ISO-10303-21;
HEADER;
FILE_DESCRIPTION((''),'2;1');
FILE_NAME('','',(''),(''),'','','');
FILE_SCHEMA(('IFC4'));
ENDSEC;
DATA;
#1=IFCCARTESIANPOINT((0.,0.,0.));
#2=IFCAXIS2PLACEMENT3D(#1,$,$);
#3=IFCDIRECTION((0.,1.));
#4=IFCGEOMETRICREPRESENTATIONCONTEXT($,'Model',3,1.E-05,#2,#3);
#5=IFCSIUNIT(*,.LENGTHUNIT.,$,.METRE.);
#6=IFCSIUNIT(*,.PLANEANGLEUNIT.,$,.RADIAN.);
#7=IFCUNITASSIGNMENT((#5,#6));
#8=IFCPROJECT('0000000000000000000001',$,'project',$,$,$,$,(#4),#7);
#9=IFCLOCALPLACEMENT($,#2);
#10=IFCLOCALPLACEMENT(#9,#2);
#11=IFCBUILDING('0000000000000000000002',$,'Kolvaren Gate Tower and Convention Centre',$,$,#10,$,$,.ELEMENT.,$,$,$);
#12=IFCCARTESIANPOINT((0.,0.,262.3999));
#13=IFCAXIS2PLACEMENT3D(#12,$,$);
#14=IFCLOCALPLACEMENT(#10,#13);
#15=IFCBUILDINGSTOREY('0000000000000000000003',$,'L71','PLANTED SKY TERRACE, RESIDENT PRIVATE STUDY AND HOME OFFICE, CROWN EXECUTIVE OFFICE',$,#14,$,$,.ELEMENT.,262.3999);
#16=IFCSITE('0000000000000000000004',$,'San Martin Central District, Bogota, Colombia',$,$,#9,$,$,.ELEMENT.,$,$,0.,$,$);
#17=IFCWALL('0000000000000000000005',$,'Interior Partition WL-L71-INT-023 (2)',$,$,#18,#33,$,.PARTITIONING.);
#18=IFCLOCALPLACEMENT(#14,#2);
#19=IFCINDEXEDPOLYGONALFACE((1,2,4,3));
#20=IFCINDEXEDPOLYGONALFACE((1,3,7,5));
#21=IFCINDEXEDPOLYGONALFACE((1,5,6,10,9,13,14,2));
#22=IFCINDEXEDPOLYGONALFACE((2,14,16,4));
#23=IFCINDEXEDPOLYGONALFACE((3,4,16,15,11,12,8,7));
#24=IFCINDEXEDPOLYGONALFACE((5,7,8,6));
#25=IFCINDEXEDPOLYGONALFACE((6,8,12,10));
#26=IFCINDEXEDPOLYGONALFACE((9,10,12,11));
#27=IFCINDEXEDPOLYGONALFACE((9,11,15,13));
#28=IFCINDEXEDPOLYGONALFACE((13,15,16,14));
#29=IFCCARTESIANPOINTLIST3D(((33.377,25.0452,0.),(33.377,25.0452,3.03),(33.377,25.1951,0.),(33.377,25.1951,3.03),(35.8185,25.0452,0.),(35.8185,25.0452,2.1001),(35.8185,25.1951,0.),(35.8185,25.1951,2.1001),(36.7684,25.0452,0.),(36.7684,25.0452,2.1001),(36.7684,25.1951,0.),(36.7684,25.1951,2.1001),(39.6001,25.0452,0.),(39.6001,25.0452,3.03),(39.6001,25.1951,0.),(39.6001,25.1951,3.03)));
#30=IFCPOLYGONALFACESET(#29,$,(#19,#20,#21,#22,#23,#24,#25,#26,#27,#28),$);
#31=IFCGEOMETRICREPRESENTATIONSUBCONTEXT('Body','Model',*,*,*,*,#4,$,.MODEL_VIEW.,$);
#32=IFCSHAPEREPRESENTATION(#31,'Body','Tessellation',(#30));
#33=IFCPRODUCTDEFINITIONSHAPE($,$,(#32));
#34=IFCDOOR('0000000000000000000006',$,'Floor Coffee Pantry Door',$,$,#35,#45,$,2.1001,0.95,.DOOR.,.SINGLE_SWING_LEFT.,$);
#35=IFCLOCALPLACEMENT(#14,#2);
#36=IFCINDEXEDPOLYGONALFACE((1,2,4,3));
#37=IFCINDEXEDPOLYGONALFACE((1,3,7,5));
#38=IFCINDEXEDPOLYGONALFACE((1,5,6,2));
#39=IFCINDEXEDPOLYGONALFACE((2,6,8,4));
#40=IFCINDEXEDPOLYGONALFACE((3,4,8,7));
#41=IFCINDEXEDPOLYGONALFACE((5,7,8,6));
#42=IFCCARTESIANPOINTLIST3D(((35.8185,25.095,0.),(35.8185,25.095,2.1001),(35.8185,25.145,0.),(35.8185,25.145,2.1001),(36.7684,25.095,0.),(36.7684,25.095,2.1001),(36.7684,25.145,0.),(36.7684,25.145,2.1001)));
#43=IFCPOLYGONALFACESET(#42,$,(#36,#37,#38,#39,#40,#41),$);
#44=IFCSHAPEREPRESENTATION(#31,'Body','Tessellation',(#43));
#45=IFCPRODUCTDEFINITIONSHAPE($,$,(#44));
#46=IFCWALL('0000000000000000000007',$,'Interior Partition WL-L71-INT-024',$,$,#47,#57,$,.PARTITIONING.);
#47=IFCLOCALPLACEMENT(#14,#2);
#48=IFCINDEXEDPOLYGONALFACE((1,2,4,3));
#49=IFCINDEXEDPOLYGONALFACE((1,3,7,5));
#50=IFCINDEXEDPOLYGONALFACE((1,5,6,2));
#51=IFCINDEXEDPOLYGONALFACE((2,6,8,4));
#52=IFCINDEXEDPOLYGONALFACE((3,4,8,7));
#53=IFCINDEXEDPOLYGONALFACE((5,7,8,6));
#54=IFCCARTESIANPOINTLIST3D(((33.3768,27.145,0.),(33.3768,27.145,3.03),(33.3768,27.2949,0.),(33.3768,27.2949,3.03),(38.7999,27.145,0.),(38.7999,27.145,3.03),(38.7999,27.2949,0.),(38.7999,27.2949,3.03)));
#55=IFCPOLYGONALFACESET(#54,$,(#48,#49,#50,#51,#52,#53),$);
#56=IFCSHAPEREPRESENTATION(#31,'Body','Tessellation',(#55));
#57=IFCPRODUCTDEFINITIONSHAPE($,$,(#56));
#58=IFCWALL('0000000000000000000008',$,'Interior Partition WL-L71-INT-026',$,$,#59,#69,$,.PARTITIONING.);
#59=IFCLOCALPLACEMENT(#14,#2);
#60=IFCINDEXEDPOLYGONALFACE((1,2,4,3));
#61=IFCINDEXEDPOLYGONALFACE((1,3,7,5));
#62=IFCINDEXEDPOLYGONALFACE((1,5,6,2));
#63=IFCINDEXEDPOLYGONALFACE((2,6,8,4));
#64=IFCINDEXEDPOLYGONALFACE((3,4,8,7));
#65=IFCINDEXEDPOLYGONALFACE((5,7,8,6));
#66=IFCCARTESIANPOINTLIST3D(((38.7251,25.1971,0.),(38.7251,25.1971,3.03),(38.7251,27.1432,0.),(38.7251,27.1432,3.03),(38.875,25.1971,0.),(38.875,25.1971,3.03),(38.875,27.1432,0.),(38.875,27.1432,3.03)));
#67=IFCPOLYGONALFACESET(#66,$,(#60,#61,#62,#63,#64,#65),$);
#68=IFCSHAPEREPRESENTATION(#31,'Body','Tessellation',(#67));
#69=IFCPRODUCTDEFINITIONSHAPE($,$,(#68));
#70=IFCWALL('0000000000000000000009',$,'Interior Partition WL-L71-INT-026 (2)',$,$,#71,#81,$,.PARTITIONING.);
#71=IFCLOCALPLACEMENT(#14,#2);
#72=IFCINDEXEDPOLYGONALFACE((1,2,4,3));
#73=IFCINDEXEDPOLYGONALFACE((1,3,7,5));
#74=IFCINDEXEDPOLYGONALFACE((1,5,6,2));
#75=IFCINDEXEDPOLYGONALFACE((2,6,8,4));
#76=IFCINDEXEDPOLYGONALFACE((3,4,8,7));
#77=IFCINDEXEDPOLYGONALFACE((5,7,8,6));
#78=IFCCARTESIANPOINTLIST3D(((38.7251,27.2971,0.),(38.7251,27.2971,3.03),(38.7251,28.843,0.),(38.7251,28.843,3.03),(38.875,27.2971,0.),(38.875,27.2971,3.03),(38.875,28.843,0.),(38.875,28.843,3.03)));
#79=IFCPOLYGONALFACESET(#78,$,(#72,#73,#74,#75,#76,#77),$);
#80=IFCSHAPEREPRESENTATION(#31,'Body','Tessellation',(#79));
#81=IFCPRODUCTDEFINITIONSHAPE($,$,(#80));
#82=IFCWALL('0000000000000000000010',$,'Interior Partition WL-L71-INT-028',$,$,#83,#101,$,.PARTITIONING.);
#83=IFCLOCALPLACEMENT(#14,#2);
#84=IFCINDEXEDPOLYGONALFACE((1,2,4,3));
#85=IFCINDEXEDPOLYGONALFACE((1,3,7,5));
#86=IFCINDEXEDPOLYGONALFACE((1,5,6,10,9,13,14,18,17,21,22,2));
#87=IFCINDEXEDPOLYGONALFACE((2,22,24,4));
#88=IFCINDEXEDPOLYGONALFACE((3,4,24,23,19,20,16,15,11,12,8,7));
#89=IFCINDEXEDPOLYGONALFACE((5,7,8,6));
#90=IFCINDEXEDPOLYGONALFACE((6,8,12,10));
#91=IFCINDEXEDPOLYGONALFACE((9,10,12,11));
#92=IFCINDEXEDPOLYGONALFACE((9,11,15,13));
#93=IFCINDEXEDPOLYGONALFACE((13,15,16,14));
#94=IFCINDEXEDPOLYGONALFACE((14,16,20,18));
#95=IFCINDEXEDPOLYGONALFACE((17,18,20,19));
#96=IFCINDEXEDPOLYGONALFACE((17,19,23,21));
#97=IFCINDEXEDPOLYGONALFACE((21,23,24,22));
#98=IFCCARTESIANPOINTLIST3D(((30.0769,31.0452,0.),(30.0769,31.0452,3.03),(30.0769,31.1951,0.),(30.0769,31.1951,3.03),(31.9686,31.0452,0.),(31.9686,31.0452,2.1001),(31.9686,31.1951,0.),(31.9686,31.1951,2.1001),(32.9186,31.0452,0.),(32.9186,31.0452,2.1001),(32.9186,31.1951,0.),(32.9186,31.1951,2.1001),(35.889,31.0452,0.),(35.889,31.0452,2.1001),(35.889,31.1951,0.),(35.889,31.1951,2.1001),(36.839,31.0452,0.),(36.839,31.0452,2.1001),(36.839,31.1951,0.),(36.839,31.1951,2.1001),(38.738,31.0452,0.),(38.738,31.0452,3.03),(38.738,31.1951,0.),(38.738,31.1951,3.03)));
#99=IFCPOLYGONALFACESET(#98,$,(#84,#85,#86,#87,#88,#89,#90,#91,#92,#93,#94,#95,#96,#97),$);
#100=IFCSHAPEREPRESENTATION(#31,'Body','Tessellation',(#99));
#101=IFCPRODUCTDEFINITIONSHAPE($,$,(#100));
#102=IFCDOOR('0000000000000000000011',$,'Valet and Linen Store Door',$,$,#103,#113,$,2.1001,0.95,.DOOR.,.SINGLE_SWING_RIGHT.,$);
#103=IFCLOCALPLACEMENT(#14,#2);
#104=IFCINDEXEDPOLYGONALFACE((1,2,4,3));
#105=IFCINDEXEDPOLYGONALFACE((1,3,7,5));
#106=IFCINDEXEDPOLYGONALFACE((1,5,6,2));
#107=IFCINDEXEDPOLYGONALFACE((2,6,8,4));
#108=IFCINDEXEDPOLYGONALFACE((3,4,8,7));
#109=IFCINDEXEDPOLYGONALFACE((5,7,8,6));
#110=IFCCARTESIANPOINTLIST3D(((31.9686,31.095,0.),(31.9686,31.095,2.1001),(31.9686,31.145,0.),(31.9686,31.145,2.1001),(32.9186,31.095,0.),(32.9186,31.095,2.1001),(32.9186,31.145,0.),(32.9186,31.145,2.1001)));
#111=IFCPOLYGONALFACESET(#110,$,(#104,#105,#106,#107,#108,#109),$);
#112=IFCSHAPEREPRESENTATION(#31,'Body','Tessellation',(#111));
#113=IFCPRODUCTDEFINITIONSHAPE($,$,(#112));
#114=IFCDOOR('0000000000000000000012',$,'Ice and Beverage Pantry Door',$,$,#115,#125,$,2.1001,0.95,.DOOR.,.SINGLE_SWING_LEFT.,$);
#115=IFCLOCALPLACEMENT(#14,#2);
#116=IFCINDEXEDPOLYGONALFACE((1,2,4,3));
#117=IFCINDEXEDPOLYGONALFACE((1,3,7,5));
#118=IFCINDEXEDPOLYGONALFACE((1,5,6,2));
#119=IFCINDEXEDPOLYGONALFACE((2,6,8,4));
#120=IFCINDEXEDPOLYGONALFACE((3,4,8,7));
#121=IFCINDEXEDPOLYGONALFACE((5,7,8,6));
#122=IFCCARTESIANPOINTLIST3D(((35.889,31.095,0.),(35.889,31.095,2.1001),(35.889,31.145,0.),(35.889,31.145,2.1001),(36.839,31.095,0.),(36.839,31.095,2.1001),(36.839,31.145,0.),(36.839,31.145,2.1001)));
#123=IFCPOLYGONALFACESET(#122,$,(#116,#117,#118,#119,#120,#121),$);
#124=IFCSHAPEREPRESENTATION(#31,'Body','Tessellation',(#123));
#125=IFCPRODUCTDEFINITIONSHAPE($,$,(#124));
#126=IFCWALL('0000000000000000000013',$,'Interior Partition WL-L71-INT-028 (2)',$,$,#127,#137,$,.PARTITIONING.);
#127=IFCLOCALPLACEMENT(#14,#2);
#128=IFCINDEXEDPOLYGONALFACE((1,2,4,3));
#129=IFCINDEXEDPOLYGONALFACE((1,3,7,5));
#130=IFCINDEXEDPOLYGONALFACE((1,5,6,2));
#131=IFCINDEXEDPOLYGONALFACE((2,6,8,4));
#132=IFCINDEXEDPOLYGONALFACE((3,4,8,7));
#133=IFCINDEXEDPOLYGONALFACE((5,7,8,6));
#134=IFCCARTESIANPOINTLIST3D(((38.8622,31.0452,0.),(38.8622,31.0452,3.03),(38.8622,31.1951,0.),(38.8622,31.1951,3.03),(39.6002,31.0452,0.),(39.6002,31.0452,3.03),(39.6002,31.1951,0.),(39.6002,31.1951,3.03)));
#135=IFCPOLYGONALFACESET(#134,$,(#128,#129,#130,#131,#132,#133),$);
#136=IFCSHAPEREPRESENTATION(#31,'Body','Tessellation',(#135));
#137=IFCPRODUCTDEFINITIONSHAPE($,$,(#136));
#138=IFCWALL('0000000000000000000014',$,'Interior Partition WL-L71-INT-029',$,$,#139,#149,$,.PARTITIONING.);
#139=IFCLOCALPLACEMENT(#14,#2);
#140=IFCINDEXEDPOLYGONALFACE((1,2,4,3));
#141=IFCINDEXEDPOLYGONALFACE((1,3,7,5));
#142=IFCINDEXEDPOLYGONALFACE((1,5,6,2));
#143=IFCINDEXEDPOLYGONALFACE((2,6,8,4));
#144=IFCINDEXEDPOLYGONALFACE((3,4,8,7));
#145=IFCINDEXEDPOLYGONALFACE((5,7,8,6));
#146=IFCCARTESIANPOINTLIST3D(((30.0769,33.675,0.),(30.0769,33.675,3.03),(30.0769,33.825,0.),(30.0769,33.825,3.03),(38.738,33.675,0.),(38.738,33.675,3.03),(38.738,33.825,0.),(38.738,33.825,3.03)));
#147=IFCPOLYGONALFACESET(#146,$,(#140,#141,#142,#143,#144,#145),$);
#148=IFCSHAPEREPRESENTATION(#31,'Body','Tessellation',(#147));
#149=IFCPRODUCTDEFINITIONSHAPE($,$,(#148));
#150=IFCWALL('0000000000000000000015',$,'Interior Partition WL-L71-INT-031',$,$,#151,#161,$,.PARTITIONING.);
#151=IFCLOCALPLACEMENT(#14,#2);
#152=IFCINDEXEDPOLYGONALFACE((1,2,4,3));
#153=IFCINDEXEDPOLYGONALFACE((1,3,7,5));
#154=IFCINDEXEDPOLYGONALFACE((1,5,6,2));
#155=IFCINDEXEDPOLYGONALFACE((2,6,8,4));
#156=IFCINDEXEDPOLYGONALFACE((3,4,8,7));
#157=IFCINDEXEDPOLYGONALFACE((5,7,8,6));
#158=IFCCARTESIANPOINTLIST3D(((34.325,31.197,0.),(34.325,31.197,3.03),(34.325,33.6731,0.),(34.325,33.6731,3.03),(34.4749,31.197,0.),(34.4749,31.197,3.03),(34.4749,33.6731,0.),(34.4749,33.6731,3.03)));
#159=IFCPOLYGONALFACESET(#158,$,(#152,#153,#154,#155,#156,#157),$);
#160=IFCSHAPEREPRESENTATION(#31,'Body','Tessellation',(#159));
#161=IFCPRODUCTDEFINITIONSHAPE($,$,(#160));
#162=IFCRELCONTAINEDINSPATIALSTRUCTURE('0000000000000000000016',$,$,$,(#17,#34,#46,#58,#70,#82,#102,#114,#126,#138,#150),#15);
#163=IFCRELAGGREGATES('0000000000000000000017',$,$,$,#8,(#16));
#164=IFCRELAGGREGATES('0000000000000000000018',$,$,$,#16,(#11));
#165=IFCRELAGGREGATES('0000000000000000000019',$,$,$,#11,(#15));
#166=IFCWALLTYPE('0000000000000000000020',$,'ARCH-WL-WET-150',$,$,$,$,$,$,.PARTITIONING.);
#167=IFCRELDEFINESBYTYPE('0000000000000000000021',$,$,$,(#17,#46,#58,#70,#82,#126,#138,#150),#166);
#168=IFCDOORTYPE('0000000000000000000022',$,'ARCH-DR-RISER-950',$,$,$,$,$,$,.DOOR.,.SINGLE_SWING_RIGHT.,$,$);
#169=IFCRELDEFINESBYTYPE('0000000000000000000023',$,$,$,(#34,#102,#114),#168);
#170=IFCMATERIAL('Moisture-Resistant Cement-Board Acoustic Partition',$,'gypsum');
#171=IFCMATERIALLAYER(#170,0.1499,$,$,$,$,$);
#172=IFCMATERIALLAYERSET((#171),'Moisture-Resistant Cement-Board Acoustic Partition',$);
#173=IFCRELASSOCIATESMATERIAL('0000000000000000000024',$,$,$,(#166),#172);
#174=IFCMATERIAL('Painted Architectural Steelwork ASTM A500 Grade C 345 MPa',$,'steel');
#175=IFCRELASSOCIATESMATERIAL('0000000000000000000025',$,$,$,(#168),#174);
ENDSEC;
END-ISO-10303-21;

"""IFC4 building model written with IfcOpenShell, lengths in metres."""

from ifc_helpers import new_model, si_unit, direction, frame, frame_2d, origin, place, context, subcontext, project, spatial, rectangle, extrude, material, layer, layer_set, type_object, element, fill, save


model = new_model("IFC4")

# Units and contexts
model_context = context("Model", 3, precision=1e-05, world=origin(), true_north=direction((0.0, 1.0)))
body_context = subcontext(model_context, "Body", "Model", "MODEL_VIEW")
ifc_project = project(units=[si_unit("LENGTHUNIT", "METRE"), si_unit("PLANEANGLEUNIT", "RADIAN")], contexts=[model_context])

# Site, building, storey
site_placement = place(None, origin())
site = spatial("IfcSite", under=ifc_project, at=site_placement, Name="San Martin Central District, Bogota, Colombia", CompositionType="ELEMENT", RefElevation=0.0)
building_placement = place(site_placement, origin())
building = spatial("IfcBuilding", under=site, at=building_placement, Name="Kolvaren Gate Tower and Convention Centre", CompositionType="ELEMENT")
storey_placement = place(building_placement, frame((0.0, 0.0, 262.3999)))
storey = spatial("IfcBuildingStorey", under=building, at=storey_placement, Name="L71", Description="PLANTED SKY TERRACE, RESIDENT PRIVATE STUDY AND HOME OFFICE, CROWN EXECUTIVE OFFICE", CompositionType="ELEMENT", Elevation=262.3999)

# Shared definitions
ifc_material_1 = material(Name="Moisture-Resistant Cement-Board Acoustic Partition", Category="gypsum")
ifc_layer_1 = layer(ifc_material_1, 0.1499)
ifc_layer_set_1 = layer_set([ifc_layer_1], Name="Moisture-Resistant Cement-Board Acoustic Partition")
wall_type_1 = type_object("IfcWallType", Name="ARCH-WL-WET-150", PredefinedType="PARTITIONING", material=ifc_layer_set_1)

# Shared definitions
ifc_material_2 = material(Name="Painted Architectural Steelwork ASTM A500 Grade C 345 MPa", Category="steel")
door_type = type_object("IfcDoorType", Name="ARCH-DR-RISER-950", OperationType="SINGLE_SWING_RIGHT", PredefinedType="DOOR", material=ifc_material_2)

# Wall, opening, door
wall_1_placement = place(storey_placement, frame((33.377, 25.1201, 0.0), z_axis=(0.0, 0.0, 1.0), x_axis=(1.0, 0.0, 0.0)))
wall_1 = element("IfcWall", 1, at=wall_1_placement, inside=storey, type_object=wall_type_1, Name="Interior Partition WL-L71-INT-023 (2)", PredefinedType="PARTITIONING", context=body_context, shape_type="SweptSolid", body=[
    extrude(rectangle(XDim=6.2231, YDim=0.1499, at=frame_2d((3.1116, 0.0))), origin(), (0.0, 0.0, 1.0), 3.03),
])
opening_1_placement = place(wall_1_placement, frame((2.4414, 0.0, 0.0)))
opening_1 = element("IfcOpeningElement", 2, at=opening_1_placement, cuts=wall_1, PredefinedType="OPENING", context=body_context, shape_type="SweptSolid", body=[
    extrude(rectangle(XDim=0.95, YDim=2.1001, at=frame_2d((0.4751, 1.05))), frame((0.0, 0.085, 0.0), z_axis=(0.0, -1.0, 0.0), x_axis=(1.0, 0.0, 0.0)), (0.0, 0.0, 1.0), 0.1699),
])
door_1_placement = place(opening_1_placement, origin())
door_1 = element("IfcDoor", 3, at=door_1_placement, inside=storey, type_object=door_type, Name="Floor Coffee Pantry Door", OperationType="SINGLE_SWING_LEFT", OverallHeight=2.1001, OverallWidth=0.95, PredefinedType="DOOR", context=body_context, shape_type="SweptSolid", body=[
    extrude(rectangle(XDim=0.95, YDim=2.1001, at=frame_2d((0.4751, 1.05))), frame((0.0, 0.0249, 0.0), z_axis=(0.0, -1.0, 0.0), x_axis=(1.0, 0.0, 0.0)), (0.0, 0.0, 1.0), 0.05),
])
fill(opening_1, door_1)

# Walls
wall_2_placement = place(storey_placement, frame((33.377, 27.22, 0.0), z_axis=(0.0, 0.0, 1.0), x_axis=(1.0, 0.0, 0.0)))
element("IfcWall", 4, at=wall_2_placement, inside=storey, type_object=wall_type_1, Name="Interior Partition WL-L71-INT-024", PredefinedType="PARTITIONING", context=body_context, shape_type="SweptSolid", body=[
    extrude(rectangle(XDim=5.4231, YDim=0.1499, at=frame_2d((2.7114, 0.0))), origin(), (0.0, 0.0, 1.0), 3.03),
])
wall_3_placement = place(storey_placement, frame((38.8, 25.197, 0.0), z_axis=(0.0, 0.0, 1.0), x_axis=(0.0, 1.0, 0.0)))
element("IfcWall", 5, at=wall_3_placement, inside=storey, type_object=wall_type_1, Name="Interior Partition WL-L71-INT-026", PredefinedType="PARTITIONING", context=body_context, shape_type="SweptSolid", body=[
    extrude(rectangle(XDim=1.946, YDim=0.1499, at=frame_2d((0.9731, 0.0))), origin(), (0.0, 0.0, 1.0), 3.03),
])
wall_4_placement = place(storey_placement, frame((38.8, 27.2971, 0.0), z_axis=(0.0, 0.0, 1.0), x_axis=(0.0, 1.0, 0.0)))
element("IfcWall", 6, at=wall_4_placement, inside=storey, type_object=wall_type_1, Name="Interior Partition WL-L71-INT-026 (2)", PredefinedType="PARTITIONING", context=body_context, shape_type="SweptSolid", body=[
    extrude(rectangle(XDim=1.5459, YDim=0.1499, at=frame_2d((0.7729, 0.0))), origin(), (0.0, 0.0, 1.0), 3.03),
])

# Wall, openings, doors
wall_5_placement = place(storey_placement, frame((30.0769, 31.1201, 0.0), z_axis=(0.0, 0.0, 1.0), x_axis=(1.0, 0.0, 0.0)))
wall_5 = element("IfcWall", 7, at=wall_5_placement, inside=storey, type_object=wall_type_1, Name="Interior Partition WL-L71-INT-028", PredefinedType="PARTITIONING", context=body_context, shape_type="SweptSolid", body=[
    extrude(rectangle(XDim=8.6611, YDim=0.1499, at=frame_2d((4.3306, 0.0))), origin(), (0.0, 0.0, 1.0), 3.03),
])
opening_2_placement = place(wall_5_placement, frame((1.8916, 0.0, 0.0)))
opening_2 = element("IfcOpeningElement", 8, at=opening_2_placement, cuts=wall_5, PredefinedType="OPENING", context=body_context, shape_type="SweptSolid", body=[
    extrude(rectangle(XDim=0.95, YDim=2.1001, at=frame_2d((0.4751, 1.05))), frame((0.0, 0.085, 0.0), z_axis=(0.0, -1.0, 0.0), x_axis=(1.0, 0.0, 0.0)), (0.0, 0.0, 1.0), 0.1699),
])
opening_3_placement = place(wall_5_placement, frame((5.812, 0.0, 0.0)))
opening_3 = element("IfcOpeningElement", 9, at=opening_3_placement, cuts=wall_5, PredefinedType="OPENING", context=body_context, shape_type="SweptSolid", body=[
    extrude(rectangle(XDim=0.95, YDim=2.1001, at=frame_2d((0.4751, 1.05))), frame((0.0, 0.085, 0.0), z_axis=(0.0, -1.0, 0.0), x_axis=(1.0, 0.0, 0.0)), (0.0, 0.0, 1.0), 0.1699),
])
door_2_placement = place(opening_2_placement, origin())
door_2 = element("IfcDoor", 10, at=door_2_placement, inside=storey, type_object=door_type, Name="Valet and Linen Store Door", OperationType="SINGLE_SWING_RIGHT", OverallHeight=2.1001, OverallWidth=0.95, PredefinedType="DOOR", context=body_context, shape_type="SweptSolid", body=[
    extrude(rectangle(XDim=0.95, YDim=2.1001, at=frame_2d((0.4751, 1.05))), frame((0.0, 0.0249, 0.0), z_axis=(0.0, -1.0, 0.0), x_axis=(1.0, 0.0, 0.0)), (0.0, 0.0, 1.0), 0.05),
])
fill(opening_2, door_2)
door_3_placement = place(opening_3_placement, origin())
door_3 = element("IfcDoor", 11, at=door_3_placement, inside=storey, type_object=door_type, Name="Ice and Beverage Pantry Door", OperationType="SINGLE_SWING_LEFT", OverallHeight=2.1001, OverallWidth=0.95, PredefinedType="DOOR", context=body_context, shape_type="SweptSolid", body=[
    extrude(rectangle(XDim=0.95, YDim=2.1001, at=frame_2d((0.4751, 1.05))), frame((0.0, 0.0249, 0.0), z_axis=(0.0, -1.0, 0.0), x_axis=(1.0, 0.0, 0.0)), (0.0, 0.0, 1.0), 0.05),
])
fill(opening_3, door_3)

# Walls
wall_6_placement = place(storey_placement, frame((38.8621, 31.1201, 0.0), z_axis=(0.0, 0.0, 1.0), x_axis=(1.0, 0.0, 0.0)))
element("IfcWall", 12, at=wall_6_placement, inside=storey, type_object=wall_type_1, Name="Interior Partition WL-L71-INT-028 (2)", PredefinedType="PARTITIONING", context=body_context, shape_type="SweptSolid", body=[
    extrude(rectangle(XDim=0.738, YDim=0.1499, at=frame_2d((0.3691, 0.0))), origin(), (0.0, 0.0, 1.0), 3.03),
])
wall_7_placement = place(storey_placement, frame((30.0769, 33.75, 0.0), z_axis=(0.0, 0.0, 1.0), x_axis=(1.0, 0.0, 0.0)))
element("IfcWall", 13, at=wall_7_placement, inside=storey, type_object=wall_type_1, Name="Interior Partition WL-L71-INT-029", PredefinedType="PARTITIONING", context=body_context, shape_type="SweptSolid", body=[
    extrude(rectangle(XDim=8.6611, YDim=0.1499, at=frame_2d((4.3306, 0.0))), origin(), (0.0, 0.0, 1.0), 3.03),
])
wall_8_placement = place(storey_placement, frame((34.3999, 31.197, 0.0), z_axis=(0.0, 0.0, 1.0), x_axis=(0.0, 1.0, 0.0)))
element("IfcWall", 14, at=wall_8_placement, inside=storey, type_object=wall_type_1, Name="Interior Partition WL-L71-INT-031", PredefinedType="PARTITIONING", context=body_context, shape_type="SweptSolid", body=[
    extrude(rectangle(XDim=2.4761, YDim=0.1499, at=frame_2d((1.238, 0.0))), origin(), (0.0, 0.0, 1.0), 3.03),
])

save(model, "model.ifc")
